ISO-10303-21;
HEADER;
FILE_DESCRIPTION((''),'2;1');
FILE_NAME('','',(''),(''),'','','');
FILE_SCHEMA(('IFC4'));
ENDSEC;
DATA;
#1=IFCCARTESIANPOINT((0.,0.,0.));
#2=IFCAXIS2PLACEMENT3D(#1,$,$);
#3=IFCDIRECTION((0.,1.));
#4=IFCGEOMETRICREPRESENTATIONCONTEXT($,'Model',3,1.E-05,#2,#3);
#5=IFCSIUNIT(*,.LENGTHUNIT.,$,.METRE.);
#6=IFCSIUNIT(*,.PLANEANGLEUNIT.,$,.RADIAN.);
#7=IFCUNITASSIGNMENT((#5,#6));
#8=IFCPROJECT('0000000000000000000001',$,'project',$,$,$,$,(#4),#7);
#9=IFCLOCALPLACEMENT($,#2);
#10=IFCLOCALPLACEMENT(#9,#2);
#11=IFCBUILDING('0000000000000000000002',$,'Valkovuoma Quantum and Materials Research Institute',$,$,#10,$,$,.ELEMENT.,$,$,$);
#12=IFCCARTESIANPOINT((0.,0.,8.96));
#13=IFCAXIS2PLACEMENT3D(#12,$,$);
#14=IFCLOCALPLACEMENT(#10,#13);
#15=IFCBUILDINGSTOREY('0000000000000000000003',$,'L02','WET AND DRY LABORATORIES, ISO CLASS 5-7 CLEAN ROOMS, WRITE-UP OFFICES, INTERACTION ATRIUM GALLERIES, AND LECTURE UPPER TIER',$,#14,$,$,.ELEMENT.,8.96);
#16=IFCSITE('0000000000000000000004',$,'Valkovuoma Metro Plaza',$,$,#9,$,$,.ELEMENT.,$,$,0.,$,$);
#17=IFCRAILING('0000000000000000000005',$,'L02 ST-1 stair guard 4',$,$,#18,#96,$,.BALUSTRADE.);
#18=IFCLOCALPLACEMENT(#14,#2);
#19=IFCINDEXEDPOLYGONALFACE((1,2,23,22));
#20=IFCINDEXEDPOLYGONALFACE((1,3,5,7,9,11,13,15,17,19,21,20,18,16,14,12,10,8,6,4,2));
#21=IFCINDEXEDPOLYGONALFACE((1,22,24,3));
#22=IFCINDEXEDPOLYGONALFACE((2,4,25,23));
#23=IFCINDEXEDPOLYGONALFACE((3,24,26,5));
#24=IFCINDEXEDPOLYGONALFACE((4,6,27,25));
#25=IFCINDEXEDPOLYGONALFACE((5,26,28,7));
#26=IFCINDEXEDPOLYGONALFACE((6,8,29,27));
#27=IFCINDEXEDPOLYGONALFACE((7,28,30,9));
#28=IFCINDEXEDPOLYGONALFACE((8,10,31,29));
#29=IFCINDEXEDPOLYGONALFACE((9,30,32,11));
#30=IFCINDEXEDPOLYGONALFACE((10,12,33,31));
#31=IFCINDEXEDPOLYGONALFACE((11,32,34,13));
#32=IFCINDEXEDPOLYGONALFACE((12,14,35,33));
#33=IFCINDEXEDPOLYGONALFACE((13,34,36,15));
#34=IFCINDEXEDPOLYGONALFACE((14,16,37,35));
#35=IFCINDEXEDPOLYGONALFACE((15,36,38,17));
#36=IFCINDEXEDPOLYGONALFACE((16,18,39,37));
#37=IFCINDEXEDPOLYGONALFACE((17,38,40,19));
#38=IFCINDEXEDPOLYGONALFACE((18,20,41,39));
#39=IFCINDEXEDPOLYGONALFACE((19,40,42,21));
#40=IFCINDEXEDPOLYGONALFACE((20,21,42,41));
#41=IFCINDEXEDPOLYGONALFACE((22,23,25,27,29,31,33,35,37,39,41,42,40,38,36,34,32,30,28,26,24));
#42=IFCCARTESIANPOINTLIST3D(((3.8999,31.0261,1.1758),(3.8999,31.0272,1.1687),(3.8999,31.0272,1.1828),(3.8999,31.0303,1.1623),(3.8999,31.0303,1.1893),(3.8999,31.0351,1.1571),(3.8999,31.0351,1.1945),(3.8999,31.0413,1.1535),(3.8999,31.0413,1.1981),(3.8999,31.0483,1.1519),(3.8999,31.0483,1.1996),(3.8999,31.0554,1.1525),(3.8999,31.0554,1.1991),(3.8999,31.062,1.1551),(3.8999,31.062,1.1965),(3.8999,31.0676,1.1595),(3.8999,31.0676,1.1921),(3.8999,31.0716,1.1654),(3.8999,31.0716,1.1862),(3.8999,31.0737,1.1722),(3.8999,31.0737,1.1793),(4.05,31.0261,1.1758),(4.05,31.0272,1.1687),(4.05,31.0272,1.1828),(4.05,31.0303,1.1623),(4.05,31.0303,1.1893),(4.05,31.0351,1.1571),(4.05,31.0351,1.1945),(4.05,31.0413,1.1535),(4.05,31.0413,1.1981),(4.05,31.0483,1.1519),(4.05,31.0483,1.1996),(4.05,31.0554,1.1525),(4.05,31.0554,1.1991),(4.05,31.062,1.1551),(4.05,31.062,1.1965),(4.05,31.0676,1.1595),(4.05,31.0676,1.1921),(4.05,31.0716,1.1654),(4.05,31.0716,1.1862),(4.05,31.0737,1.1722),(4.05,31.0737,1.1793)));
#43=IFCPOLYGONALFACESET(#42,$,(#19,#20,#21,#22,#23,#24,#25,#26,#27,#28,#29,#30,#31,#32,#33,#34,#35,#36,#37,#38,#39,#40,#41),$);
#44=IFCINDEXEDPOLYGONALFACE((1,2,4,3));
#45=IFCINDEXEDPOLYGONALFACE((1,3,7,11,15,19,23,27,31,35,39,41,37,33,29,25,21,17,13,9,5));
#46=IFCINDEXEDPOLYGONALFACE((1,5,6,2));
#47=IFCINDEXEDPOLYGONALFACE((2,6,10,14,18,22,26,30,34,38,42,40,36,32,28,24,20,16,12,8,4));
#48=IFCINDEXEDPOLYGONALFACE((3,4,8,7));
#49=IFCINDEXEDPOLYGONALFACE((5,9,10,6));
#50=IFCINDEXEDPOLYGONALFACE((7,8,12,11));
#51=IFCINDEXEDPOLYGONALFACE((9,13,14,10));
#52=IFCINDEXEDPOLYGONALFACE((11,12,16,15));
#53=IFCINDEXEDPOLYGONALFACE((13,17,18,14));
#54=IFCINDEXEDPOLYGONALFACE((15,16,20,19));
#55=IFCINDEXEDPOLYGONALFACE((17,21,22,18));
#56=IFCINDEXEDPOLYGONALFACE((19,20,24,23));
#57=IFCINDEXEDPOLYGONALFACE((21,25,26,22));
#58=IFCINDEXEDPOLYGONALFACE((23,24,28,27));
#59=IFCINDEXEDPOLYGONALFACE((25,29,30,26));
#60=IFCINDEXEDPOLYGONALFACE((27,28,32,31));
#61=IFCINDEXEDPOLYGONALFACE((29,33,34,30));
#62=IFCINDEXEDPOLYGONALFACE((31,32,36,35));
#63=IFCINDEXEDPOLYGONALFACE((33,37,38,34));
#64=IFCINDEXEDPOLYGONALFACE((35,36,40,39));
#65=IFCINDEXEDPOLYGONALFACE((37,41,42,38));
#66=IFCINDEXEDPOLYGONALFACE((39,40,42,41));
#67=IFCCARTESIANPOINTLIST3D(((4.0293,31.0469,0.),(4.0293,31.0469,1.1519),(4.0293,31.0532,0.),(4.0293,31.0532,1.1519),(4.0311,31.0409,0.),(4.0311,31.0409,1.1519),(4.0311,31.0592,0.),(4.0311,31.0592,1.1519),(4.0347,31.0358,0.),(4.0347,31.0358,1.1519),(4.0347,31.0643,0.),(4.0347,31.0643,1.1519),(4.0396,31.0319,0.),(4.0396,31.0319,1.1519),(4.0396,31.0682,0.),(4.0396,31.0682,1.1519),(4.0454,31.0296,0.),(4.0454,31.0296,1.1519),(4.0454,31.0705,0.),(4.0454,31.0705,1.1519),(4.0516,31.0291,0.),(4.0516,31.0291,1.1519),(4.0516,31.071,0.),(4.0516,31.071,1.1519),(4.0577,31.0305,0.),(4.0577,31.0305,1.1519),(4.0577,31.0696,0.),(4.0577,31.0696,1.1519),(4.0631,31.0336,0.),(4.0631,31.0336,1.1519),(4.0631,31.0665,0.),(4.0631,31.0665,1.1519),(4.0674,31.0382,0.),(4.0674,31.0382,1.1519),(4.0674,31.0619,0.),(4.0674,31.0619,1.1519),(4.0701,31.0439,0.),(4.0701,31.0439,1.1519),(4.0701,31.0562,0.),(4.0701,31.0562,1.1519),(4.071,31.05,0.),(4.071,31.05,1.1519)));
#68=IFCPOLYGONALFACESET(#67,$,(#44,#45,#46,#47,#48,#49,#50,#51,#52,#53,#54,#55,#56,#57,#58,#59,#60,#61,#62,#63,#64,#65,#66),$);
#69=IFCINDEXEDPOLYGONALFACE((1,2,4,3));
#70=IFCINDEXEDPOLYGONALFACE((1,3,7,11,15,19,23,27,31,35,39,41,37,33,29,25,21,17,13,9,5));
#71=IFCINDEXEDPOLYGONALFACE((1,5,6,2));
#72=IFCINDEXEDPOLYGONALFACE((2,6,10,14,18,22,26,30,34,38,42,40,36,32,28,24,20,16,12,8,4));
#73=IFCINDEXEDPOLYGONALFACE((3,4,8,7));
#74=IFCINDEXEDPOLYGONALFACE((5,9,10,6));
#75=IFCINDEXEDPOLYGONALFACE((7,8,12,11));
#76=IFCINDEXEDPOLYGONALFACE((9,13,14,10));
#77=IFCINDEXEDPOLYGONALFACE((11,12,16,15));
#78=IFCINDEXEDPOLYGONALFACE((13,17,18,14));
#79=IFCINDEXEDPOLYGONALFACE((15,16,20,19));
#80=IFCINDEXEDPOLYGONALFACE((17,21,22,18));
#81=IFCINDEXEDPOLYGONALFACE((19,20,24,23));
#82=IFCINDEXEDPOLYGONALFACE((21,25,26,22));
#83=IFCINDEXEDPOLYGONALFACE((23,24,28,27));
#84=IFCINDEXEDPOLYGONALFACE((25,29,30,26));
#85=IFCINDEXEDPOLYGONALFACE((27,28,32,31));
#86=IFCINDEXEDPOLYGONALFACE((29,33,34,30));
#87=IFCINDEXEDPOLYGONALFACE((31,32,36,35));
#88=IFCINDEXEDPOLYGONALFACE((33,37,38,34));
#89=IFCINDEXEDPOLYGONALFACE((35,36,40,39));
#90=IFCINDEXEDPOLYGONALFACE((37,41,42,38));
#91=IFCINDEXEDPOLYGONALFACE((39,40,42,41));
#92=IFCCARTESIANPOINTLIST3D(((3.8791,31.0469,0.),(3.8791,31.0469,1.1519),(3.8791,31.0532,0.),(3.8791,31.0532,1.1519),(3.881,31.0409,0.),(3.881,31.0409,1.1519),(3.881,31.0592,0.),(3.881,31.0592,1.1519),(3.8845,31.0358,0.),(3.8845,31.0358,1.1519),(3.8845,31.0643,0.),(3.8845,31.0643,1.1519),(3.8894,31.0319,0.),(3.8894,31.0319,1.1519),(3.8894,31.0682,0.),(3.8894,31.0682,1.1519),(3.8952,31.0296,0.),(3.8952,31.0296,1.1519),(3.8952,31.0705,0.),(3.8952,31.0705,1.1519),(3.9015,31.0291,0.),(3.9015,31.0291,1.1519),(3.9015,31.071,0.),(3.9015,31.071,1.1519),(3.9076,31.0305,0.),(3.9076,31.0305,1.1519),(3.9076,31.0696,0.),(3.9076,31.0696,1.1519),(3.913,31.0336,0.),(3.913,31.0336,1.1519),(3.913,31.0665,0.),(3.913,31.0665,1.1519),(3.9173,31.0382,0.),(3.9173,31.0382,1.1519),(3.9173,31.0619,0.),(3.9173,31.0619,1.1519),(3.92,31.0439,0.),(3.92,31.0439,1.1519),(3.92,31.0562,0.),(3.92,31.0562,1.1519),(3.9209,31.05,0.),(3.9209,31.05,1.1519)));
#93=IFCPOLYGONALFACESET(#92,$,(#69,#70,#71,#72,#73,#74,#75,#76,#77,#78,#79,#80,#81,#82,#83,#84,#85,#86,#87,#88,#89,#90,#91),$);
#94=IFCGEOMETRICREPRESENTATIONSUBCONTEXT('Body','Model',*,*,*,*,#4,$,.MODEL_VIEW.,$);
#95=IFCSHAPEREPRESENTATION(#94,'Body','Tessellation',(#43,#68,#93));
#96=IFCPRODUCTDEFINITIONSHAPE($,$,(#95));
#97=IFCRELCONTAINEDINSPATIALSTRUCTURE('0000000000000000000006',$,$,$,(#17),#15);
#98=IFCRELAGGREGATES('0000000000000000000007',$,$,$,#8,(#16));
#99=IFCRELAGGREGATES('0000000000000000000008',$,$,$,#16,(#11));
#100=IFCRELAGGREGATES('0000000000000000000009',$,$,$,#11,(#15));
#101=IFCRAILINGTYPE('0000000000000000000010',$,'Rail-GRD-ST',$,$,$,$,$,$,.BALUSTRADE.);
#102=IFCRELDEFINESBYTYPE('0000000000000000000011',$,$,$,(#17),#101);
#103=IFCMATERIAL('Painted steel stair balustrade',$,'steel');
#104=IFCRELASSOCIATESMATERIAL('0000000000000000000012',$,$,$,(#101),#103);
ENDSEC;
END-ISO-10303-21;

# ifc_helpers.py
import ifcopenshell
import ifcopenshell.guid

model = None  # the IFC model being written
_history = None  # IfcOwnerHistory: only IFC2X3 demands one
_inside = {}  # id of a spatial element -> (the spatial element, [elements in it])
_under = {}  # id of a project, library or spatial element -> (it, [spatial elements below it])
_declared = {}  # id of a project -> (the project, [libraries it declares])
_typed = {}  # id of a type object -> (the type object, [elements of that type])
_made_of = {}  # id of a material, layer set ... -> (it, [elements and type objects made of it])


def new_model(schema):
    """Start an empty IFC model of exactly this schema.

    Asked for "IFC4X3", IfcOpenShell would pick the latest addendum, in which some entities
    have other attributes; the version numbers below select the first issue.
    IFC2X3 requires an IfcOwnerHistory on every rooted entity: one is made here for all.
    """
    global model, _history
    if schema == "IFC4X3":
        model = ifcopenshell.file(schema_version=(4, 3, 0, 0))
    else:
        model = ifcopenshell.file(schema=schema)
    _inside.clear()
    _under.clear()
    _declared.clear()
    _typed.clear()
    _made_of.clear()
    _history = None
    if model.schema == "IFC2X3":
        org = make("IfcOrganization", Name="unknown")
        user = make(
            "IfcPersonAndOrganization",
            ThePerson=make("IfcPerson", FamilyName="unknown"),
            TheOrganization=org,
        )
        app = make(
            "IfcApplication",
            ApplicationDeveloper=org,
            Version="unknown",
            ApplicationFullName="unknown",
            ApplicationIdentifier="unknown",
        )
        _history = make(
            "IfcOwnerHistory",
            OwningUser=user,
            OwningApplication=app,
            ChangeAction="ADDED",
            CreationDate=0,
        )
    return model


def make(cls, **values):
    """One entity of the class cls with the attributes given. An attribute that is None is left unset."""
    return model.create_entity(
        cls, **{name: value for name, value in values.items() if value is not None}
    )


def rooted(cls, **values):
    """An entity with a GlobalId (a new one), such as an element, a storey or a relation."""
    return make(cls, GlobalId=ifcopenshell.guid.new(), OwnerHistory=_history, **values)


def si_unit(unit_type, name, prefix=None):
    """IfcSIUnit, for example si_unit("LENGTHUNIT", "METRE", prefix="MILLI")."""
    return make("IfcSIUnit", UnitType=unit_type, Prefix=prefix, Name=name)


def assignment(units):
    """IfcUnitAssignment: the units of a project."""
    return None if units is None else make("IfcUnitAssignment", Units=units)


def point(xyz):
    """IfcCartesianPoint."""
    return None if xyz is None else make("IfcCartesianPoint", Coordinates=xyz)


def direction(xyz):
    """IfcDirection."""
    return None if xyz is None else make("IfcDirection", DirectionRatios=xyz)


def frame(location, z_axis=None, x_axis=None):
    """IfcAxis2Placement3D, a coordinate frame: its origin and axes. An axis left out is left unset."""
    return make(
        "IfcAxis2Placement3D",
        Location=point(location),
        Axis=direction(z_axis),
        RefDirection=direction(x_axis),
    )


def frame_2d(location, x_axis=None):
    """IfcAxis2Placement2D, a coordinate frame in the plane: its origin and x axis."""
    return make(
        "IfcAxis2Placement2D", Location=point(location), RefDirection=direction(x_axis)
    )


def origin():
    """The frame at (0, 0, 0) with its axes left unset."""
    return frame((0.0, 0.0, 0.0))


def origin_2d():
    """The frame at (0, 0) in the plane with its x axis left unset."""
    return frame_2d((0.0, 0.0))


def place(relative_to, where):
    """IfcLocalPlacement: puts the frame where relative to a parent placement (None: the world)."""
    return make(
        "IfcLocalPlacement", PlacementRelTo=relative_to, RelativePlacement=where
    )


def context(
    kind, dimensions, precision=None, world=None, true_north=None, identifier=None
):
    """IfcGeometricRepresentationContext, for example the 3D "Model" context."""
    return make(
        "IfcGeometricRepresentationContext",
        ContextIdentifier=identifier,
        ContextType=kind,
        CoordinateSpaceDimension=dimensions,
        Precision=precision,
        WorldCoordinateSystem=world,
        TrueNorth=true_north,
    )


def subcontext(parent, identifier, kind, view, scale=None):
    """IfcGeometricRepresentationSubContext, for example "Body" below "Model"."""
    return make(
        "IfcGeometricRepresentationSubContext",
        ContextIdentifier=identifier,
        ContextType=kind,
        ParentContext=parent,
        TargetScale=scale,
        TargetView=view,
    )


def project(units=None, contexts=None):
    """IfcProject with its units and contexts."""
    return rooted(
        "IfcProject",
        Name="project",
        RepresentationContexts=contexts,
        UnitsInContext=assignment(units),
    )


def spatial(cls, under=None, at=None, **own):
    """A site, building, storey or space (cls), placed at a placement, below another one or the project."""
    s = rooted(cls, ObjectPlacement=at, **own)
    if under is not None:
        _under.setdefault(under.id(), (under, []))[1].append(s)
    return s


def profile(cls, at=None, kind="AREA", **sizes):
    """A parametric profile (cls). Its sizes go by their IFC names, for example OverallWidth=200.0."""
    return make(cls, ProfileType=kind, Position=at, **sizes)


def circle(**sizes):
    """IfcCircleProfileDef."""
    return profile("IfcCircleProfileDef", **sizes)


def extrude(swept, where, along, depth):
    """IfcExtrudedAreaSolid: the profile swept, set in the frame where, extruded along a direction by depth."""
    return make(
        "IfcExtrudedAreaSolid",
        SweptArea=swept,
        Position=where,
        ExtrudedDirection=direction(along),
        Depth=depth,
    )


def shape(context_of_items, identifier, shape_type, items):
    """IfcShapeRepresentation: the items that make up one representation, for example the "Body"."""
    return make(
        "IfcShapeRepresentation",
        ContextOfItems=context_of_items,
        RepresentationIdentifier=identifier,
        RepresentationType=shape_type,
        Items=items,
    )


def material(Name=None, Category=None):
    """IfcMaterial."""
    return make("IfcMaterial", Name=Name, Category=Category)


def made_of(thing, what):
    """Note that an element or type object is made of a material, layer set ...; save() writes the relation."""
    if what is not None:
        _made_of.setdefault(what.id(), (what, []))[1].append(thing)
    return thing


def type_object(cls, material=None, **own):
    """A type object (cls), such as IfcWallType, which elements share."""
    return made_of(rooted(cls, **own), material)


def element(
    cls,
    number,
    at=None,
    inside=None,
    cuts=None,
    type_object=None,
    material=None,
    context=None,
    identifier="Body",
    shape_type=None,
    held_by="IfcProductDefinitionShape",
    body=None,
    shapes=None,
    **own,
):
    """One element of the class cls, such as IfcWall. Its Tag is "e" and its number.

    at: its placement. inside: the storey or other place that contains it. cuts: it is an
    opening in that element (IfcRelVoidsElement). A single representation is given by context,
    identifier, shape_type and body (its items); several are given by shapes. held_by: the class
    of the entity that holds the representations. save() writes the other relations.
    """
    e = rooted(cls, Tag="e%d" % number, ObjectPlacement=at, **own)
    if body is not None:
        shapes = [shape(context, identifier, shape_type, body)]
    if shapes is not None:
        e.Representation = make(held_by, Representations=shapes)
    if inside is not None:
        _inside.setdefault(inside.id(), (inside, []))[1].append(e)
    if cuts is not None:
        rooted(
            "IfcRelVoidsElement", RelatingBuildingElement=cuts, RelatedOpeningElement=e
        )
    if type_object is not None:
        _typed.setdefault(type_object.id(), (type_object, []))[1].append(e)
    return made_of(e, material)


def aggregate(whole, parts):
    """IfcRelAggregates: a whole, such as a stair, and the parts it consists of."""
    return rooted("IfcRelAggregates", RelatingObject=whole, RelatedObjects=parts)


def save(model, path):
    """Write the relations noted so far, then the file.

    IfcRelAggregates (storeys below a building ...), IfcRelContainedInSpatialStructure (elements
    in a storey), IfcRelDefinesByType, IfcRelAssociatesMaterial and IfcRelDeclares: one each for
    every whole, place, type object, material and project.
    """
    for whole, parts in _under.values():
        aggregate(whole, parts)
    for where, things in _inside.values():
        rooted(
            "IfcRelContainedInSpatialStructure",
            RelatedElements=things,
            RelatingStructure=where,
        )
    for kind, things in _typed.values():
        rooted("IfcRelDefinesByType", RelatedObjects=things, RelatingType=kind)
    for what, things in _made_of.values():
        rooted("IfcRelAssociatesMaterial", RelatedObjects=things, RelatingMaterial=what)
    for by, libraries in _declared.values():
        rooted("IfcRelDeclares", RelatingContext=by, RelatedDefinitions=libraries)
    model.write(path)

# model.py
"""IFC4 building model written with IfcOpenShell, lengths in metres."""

from ifc_helpers import new_model, si_unit, direction, frame, origin, origin_2d, place, context, subcontext, project, spatial, circle, extrude, material, type_object, element, save


model = new_model("IFC4")

# Units and contexts
model_context = context("Model", 3, precision=1e-05, world=origin(), true_north=direction((0.0, 1.0)))
body_context = subcontext(model_context, "Body", "Model", "MODEL_VIEW")
ifc_project = project(units=[si_unit("LENGTHUNIT", "METRE"), si_unit("PLANEANGLEUNIT", "RADIAN")], contexts=[model_context])

# Site, building, storey
site_placement = place(None, origin())
site = spatial("IfcSite", under=ifc_project, at=site_placement, Name="Valkovuoma Metro Plaza", CompositionType="ELEMENT", RefElevation=0.0)
building_placement = place(site_placement, origin())
building = spatial("IfcBuilding", under=site, at=building_placement, Name="Valkovuoma Quantum and Materials Research Institute", CompositionType="ELEMENT")
storey_placement = place(building_placement, frame((0.0, 0.0, 8.96)))
storey = spatial("IfcBuildingStorey", under=building, at=storey_placement, Name="L02", Description="WET AND DRY LABORATORIES, ISO CLASS 5-7 CLEAN ROOMS, WRITE-UP OFFICES, INTERACTION ATRIUM GALLERIES, AND LECTURE UPPER TIER", CompositionType="ELEMENT", Elevation=8.96)

# Railing
ifc_material_1 = material(Name="Painted steel stair balustrade", Category="steel")
railing_type_1 = type_object("IfcRailingType", Name="Rail-GRD-ST", PredefinedType="BALUSTRADE", material=ifc_material_1)
railing_1_placement = place(storey_placement, frame((4.05, 31.05, 0.0)))
element("IfcRailing", 1, at=railing_1_placement, inside=storey, type_object=railing_type_1, Name="L02 ST-1 stair guard 4", PredefinedType="BALUSTRADE", context=body_context, shape_type="SweptSolid", body=[
    extrude(circle(Radius=0.0239, at=origin_2d()), frame((0.0, 0.0, 1.1758), z_axis=(-1.0, 0.0, 0.0), x_axis=(0.0, -1.0, 0.0)), (0.0, 0.0, 1.0), 0.1501),
    extrude(circle(Radius=0.021, at=origin_2d()), origin(), (0.0, 0.0, 1.0), 1.1519),
    extrude(circle(Radius=0.021, at=origin_2d()), frame((-0.1501, 0.0, 0.0)), (0.0, 0.0, 1.0), 1.1519),
])

save(model, "model.ifc")
